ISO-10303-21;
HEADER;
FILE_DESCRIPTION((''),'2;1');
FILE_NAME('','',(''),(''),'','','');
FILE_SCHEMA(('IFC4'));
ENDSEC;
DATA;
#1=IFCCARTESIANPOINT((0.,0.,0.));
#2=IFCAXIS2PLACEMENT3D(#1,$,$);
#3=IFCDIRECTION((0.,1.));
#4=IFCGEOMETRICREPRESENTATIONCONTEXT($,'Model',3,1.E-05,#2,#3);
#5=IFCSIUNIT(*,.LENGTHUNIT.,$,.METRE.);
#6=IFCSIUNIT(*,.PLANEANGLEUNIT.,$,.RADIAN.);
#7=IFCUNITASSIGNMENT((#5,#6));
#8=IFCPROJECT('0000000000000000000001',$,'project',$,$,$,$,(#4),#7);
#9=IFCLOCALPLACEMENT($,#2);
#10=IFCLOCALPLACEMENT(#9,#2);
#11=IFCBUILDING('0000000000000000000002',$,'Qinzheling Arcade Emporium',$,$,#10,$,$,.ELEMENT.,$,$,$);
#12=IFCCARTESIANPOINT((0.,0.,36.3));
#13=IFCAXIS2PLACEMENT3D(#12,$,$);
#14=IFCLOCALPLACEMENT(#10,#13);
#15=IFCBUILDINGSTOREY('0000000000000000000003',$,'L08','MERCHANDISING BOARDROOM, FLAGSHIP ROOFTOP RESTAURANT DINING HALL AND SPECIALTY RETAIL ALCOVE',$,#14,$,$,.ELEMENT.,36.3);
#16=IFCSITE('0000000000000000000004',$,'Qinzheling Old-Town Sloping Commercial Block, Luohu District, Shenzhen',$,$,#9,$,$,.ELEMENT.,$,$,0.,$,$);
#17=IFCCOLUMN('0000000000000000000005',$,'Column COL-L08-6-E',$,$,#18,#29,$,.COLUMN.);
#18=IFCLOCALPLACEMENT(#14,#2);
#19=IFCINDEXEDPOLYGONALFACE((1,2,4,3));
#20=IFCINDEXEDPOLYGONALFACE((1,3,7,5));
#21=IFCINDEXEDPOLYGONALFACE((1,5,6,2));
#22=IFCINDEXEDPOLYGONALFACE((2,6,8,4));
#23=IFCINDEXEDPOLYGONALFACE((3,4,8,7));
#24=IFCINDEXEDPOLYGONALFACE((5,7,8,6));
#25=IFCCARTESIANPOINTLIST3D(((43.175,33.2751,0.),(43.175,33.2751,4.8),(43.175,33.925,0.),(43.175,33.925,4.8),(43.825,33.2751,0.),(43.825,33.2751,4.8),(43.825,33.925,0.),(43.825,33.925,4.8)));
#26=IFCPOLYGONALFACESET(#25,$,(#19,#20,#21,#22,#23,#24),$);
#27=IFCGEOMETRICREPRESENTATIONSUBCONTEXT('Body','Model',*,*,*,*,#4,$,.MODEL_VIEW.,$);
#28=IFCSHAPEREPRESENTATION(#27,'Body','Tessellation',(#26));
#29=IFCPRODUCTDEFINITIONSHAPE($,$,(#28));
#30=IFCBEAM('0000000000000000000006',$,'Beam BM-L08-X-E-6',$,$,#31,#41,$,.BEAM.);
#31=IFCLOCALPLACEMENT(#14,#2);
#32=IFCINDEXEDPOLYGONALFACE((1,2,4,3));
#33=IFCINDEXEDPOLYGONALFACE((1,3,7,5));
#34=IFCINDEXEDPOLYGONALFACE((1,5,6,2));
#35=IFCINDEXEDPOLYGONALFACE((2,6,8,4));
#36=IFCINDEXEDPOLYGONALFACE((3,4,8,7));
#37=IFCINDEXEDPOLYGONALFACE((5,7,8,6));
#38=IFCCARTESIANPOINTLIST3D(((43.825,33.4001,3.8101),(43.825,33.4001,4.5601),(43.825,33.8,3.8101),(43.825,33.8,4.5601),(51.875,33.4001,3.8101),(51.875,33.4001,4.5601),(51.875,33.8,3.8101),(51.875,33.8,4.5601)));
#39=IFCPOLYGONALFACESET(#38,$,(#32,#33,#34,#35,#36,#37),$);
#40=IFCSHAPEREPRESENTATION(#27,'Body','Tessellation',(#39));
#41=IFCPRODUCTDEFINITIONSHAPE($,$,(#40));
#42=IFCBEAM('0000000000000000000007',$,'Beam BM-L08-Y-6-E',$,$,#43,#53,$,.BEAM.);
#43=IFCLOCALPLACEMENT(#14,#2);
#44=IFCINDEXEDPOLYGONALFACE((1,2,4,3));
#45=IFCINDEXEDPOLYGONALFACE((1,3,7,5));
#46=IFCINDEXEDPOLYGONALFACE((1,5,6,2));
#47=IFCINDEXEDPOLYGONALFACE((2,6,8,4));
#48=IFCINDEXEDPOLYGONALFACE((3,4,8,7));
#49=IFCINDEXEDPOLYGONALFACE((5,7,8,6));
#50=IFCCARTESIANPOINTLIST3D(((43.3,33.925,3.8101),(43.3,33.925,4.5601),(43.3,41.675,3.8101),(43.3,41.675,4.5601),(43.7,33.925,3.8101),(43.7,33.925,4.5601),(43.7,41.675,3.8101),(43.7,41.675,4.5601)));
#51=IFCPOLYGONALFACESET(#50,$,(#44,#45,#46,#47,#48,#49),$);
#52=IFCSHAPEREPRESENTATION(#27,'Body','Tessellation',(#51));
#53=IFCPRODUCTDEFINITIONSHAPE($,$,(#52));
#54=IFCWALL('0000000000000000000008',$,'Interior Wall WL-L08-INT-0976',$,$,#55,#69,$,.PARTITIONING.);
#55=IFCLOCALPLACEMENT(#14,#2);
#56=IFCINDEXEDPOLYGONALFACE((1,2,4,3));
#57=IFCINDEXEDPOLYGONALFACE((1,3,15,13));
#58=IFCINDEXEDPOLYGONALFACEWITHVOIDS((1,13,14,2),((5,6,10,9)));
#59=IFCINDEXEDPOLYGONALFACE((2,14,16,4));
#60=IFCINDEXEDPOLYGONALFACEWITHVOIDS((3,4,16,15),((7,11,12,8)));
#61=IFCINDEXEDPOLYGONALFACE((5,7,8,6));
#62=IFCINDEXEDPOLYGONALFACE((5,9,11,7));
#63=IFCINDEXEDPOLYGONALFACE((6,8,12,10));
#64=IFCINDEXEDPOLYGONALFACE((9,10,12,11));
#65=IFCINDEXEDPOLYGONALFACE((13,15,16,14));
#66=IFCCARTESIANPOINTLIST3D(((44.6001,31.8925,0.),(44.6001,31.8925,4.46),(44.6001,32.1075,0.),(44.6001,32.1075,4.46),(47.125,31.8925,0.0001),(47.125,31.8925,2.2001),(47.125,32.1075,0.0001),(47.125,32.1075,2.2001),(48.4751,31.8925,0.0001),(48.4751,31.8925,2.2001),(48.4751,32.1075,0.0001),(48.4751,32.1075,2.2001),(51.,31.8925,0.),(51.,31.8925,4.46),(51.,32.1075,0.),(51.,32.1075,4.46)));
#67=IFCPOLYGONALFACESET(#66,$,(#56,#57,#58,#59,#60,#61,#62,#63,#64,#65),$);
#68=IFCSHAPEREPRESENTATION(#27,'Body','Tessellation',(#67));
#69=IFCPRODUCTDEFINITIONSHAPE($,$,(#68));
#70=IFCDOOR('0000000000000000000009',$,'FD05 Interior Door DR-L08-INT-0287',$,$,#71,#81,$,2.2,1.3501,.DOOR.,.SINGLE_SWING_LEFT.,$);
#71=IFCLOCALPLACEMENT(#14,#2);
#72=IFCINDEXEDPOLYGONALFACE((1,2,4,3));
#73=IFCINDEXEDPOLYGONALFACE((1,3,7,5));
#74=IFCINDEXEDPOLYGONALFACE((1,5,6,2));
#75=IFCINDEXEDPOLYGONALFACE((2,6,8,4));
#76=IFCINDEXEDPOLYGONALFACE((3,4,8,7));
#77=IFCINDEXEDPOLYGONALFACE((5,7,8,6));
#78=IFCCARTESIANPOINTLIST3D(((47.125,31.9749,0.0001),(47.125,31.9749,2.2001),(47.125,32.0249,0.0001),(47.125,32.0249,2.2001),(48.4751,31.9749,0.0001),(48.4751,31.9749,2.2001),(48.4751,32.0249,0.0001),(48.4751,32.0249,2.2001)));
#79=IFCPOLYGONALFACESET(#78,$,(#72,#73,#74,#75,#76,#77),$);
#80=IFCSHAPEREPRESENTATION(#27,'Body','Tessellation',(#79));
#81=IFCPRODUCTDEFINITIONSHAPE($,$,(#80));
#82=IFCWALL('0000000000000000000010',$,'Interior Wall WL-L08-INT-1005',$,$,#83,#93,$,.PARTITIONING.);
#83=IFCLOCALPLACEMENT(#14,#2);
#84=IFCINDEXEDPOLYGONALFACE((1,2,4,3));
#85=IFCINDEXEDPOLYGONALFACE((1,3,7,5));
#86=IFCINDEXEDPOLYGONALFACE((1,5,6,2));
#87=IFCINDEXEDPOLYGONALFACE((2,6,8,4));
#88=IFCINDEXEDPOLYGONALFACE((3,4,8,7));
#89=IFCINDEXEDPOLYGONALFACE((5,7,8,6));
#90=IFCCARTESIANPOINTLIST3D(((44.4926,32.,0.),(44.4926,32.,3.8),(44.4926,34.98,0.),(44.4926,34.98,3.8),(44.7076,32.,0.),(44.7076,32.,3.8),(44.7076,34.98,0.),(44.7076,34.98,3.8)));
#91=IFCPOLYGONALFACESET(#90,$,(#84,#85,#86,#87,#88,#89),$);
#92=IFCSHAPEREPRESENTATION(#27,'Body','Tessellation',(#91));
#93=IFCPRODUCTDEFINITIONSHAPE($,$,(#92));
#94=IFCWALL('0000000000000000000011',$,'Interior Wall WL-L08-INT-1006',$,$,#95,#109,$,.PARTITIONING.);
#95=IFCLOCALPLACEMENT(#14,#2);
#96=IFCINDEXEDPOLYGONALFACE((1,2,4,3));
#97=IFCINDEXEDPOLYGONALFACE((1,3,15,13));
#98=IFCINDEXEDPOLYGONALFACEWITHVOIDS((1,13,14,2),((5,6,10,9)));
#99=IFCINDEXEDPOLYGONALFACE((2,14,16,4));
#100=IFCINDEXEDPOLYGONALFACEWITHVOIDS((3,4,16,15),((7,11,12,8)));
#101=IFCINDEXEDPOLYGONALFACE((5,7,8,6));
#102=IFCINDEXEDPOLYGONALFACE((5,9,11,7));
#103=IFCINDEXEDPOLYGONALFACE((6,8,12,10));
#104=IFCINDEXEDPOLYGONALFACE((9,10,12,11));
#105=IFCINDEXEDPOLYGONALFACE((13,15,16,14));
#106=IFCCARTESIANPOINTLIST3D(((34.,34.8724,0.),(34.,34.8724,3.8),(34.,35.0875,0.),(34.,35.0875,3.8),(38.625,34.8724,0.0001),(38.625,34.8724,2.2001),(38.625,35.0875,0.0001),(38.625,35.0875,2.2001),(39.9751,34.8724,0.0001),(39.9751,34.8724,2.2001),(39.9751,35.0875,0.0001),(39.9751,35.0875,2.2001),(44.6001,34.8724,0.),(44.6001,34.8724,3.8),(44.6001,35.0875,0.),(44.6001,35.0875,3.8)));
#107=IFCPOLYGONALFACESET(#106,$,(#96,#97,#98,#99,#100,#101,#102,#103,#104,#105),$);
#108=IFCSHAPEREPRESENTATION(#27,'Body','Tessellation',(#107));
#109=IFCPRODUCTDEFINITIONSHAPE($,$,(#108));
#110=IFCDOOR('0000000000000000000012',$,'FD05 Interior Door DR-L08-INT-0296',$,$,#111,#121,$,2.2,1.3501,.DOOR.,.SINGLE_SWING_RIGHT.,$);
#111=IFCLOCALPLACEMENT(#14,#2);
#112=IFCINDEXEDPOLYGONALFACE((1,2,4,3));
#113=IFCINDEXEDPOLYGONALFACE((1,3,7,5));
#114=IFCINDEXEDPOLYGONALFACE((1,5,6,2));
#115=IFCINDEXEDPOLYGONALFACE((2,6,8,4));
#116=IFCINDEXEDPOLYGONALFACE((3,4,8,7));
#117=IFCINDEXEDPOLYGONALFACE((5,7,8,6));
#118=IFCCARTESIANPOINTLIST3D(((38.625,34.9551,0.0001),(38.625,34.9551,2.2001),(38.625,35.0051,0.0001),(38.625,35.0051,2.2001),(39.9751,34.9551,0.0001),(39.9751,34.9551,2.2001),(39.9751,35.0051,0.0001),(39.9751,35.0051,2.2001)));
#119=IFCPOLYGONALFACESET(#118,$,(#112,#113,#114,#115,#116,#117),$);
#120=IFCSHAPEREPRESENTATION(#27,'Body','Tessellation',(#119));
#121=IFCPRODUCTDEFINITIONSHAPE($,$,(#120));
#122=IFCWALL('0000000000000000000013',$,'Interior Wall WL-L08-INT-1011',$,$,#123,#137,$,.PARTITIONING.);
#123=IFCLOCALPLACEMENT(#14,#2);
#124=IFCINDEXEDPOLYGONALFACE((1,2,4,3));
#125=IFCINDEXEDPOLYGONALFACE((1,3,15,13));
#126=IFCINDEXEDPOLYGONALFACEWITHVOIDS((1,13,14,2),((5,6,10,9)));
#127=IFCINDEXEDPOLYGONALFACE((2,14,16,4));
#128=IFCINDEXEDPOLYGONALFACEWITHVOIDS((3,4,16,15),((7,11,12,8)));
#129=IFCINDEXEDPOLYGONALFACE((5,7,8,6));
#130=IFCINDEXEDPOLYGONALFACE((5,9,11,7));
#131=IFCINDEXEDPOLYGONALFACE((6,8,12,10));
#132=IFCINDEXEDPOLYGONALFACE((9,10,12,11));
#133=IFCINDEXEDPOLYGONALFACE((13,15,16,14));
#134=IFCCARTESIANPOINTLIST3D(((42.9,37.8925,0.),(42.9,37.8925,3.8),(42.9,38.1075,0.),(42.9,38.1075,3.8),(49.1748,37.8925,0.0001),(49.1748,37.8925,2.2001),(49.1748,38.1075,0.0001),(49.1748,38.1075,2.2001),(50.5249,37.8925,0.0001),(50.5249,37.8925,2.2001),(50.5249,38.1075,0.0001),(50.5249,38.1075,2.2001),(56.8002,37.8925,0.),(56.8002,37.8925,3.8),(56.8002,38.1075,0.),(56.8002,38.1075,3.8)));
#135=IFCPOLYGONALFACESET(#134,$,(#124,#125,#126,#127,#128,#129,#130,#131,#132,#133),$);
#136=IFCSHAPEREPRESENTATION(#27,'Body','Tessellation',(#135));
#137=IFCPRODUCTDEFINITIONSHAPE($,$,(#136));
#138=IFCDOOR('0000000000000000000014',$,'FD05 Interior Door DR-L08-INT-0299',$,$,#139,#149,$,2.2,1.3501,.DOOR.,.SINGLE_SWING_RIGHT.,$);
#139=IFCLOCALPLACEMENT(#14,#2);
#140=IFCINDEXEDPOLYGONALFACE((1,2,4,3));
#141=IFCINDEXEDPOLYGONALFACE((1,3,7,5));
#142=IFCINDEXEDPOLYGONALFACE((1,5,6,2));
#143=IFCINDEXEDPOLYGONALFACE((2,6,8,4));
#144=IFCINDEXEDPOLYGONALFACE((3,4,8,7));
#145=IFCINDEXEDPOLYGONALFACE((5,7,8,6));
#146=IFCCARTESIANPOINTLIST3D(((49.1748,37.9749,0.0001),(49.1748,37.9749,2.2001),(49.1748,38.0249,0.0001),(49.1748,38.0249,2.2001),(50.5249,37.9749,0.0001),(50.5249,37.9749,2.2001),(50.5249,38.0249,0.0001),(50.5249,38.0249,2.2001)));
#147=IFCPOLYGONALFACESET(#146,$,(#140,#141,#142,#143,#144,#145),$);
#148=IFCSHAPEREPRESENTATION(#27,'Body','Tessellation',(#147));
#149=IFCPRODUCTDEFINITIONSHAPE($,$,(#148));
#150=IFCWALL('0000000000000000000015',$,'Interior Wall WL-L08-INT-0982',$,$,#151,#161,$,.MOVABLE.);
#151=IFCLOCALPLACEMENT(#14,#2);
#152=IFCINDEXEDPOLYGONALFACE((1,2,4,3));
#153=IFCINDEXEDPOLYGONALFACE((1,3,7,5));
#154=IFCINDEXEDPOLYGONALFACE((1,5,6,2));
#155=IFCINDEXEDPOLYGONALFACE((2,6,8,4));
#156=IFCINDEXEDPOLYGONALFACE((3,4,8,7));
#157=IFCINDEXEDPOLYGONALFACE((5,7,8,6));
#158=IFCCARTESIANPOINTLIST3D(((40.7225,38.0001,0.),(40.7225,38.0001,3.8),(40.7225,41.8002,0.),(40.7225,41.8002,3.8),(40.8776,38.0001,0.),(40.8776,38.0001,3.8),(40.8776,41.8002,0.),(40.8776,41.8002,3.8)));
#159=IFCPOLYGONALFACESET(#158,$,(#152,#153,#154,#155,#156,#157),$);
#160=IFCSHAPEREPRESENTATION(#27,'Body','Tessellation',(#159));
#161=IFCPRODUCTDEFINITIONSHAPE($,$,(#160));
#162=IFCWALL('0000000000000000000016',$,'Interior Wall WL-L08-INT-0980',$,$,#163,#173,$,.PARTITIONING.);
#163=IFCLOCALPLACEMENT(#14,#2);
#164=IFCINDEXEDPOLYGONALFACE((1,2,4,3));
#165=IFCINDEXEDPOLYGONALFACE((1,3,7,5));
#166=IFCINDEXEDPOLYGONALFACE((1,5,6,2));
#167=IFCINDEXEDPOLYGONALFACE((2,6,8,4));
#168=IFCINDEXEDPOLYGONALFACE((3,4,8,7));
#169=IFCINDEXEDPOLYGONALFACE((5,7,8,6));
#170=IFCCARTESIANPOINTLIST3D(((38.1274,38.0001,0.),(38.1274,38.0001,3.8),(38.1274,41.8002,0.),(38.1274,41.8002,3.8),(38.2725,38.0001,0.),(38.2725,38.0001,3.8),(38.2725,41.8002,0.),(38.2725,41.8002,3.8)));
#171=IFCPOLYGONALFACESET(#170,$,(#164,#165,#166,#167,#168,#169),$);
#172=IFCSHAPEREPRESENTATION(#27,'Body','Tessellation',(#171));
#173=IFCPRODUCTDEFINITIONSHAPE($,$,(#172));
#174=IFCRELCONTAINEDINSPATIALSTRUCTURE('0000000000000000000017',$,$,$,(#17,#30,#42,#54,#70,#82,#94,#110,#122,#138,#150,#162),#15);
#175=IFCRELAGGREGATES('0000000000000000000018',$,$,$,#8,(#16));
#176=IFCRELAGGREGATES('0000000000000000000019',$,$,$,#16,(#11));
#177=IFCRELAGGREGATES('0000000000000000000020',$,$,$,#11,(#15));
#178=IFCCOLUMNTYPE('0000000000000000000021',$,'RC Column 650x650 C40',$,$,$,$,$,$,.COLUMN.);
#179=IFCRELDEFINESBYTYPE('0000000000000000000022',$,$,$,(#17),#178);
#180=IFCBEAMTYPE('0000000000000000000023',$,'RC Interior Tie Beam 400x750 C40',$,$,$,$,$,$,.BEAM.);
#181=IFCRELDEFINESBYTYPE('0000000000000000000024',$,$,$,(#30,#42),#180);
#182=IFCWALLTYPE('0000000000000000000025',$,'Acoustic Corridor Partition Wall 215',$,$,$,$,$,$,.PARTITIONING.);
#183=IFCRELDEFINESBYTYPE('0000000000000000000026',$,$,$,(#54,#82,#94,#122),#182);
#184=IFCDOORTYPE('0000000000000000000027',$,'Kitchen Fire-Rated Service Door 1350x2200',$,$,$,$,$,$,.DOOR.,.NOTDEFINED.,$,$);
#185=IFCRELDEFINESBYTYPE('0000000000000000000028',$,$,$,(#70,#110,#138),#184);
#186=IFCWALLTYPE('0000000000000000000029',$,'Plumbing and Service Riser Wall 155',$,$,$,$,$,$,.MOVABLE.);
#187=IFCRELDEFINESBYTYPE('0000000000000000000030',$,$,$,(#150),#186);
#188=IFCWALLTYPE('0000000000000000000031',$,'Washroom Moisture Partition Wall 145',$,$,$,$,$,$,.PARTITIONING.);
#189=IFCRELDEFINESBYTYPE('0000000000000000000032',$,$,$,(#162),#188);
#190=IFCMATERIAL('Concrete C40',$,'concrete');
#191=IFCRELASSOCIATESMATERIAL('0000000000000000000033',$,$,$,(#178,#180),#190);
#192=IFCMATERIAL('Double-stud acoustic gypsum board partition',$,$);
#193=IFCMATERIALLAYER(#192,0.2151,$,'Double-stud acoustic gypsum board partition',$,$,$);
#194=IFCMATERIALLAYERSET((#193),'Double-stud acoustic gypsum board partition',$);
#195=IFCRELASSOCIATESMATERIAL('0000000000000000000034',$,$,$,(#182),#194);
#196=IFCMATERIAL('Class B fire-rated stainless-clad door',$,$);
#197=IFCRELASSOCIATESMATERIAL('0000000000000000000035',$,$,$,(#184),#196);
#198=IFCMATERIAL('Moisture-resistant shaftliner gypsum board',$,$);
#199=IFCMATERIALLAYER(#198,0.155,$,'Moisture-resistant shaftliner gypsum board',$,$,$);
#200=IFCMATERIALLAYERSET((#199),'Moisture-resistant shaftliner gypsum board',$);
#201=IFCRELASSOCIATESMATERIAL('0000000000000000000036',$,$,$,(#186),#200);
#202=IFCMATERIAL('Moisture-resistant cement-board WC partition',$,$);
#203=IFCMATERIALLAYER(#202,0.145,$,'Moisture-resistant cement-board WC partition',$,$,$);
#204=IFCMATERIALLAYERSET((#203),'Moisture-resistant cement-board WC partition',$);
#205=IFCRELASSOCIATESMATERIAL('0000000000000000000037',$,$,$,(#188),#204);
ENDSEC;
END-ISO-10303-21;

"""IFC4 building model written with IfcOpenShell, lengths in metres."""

from ifc_helpers import new_model, si_unit, direction, frame, frame_2d, origin, origin_2d, place, context, subcontext, project, spatial, rectangle, extrude, material, layer, layer_set, material_profile, profile_set, type_object, element, fill, save


model = new_model("IFC4")

# Units and contexts
model_context = context("Model", 3, precision=1e-05, world=origin(), true_north=direction((0.0, 1.0)))
body_context = subcontext(model_context, "Body", "Model", "MODEL_VIEW")
ifc_project = project(units=[si_unit("LENGTHUNIT", "METRE"), si_unit("PLANEANGLEUNIT", "RADIAN")], contexts=[model_context])

# Site, building, storey
site_placement = place(None, origin())
site = spatial("IfcSite", under=ifc_project, at=site_placement, Name="Qinzheling Old-Town Sloping Commercial Block, Luohu District, Shenzhen", CompositionType="ELEMENT", RefElevation=0.0)
building_placement = place(site_placement, origin())
building = spatial("IfcBuilding", under=site, at=building_placement, Name="Qinzheling Arcade Emporium", CompositionType="ELEMENT")
storey_placement = place(building_placement, frame((0.0, 0.0, 36.3)))
storey = spatial("IfcBuildingStorey", under=building, at=storey_placement, Name="L08", Description="MERCHANDISING BOARDROOM, FLAGSHIP ROOFTOP RESTAURANT DINING HALL AND SPECIALTY RETAIL ALCOVE", CompositionType="ELEMENT", Elevation=36.3)

# Column
ifc_material_1 = material(Name="Concrete C40", Category="concrete")
ifc_material_profile_1 = material_profile(ifc_material_1, rectangle(XDim=0.6499, YDim=0.6499, at=origin_2d()), Name="RC 650x650", Category="concrete")
ifc_profile_set_1 = profile_set([ifc_material_profile_1], Name="Concrete C40")
column_type = type_object("IfcColumnType", Name="RC Column 650x650 C40", PredefinedType="COLUMN", material=ifc_profile_set_1)
column_placement = place(storey_placement, frame((43.5, 33.6001, 0.0), z_axis=(0.0, 0.0, 1.0), x_axis=(1.0, 0.0, 0.0)))
element("IfcColumn", 1, at=column_placement, inside=storey, type_object=column_type, Name="Column COL-L08-6-E", PredefinedType="COLUMN", context=body_context, shape_type="SweptSolid", body=[
    extrude(rectangle(XDim=0.6499, YDim=0.6499, at=origin_2d()), origin(), (0.0, 0.0, 1.0), 4.8),
])

# Beams
ifc_material_profile_2 = material_profile(ifc_material_1, rectangle(XDim=0.3999, YDim=0.75, at=origin_2d()), Name="RC 400x750", Category="concrete")
ifc_profile_set_2 = profile_set([ifc_material_profile_2], Name="Concrete C40")
beam_type = type_object("IfcBeamType", Name="RC Interior Tie Beam 400x750 C40", PredefinedType="BEAM", material=ifc_profile_set_2)
beam_1_placement = place(storey_placement, frame((43.825, 33.6001, 4.1851), z_axis=(1.0, 0.0, 0.0), x_axis=(0.0, 1.0, 0.0)))
element("IfcBeam", 2, at=beam_1_placement, inside=storey, type_object=beam_type, Name="Beam BM-L08-X-E-6", PredefinedType="BEAM", context=body_context, shape_type="SweptSolid", body=[
    extrude(rectangle(XDim=0.3999, YDim=0.75, at=origin_2d()), origin(), (0.0, 0.0, 1.0), 8.05),
])
beam_2_placement = place(storey_placement, frame((43.5, 33.925, 4.1851), z_axis=(0.0, 1.0, 0.0), x_axis=(-1.0, 0.0, 0.0)))
element("IfcBeam", 3, at=beam_2_placement, inside=storey, type_object=beam_type, Name="Beam BM-L08-Y-6-E", PredefinedType="BEAM", context=body_context, shape_type="SweptSolid", body=[
    extrude(rectangle(XDim=0.3999, YDim=0.75, at=origin_2d()), origin(), (0.0, 0.0, 1.0), 7.75),
])

# Wall, opening, door
ifc_material_2 = material(Name="Double-stud acoustic gypsum board partition")
ifc_layer_1 = layer(ifc_material_2, 0.2151, Name="Double-stud acoustic gypsum board partition")
ifc_layer_set_1 = layer_set([ifc_layer_1], Name="Double-stud acoustic gypsum board partition")
wall_type_1 = type_object("IfcWallType", Name="Acoustic Corridor Partition Wall 215", PredefinedType="PARTITIONING", material=ifc_layer_set_1)
wall_1_placement = place(storey_placement, frame((44.6001, 32.0, 0.0), z_axis=(0.0, 0.0, 1.0), x_axis=(1.0, 0.0, 0.0)))
wall_1 = element("IfcWall", 4, at=wall_1_placement, inside=storey, type_object=wall_type_1, Name="Interior Wall WL-L08-INT-0976", PredefinedType="PARTITIONING", context=body_context, shape_type="SweptSolid", body=[
    extrude(rectangle(XDim=6.3999, YDim=0.2151, at=frame_2d((3.2, 0.0))), origin(), (0.0, 0.0, 1.0), 4.46),
])
opening_1_placement = place(wall_1_placement, frame((2.5249, 0.0, 0.0)))
opening_1 = element("IfcOpeningElement", 5, at=opening_1_placement, cuts=wall_1, PredefinedType="OPENING", context=body_context, shape_type="SweptSolid", body=[
    extrude(rectangle(XDim=1.3501, YDim=2.2, at=frame_2d((0.675, 1.1001))), frame((0.0, 0.1177, 0.0), z_axis=(0.0, -1.0, 0.0), x_axis=(1.0, 0.0, 0.0)), (0.0, 0.0, 1.0), 0.2351),
])
ifc_material_3 = material(Name="Class B fire-rated stainless-clad door")
door_type_1 = type_object("IfcDoorType", Name="Kitchen Fire-Rated Service Door 1350x2200", OperationType="NOTDEFINED", PredefinedType="DOOR", material=ifc_material_3)
door_1_placement = place(opening_1_placement, origin())
door_1 = element("IfcDoor", 6, at=door_1_placement, inside=storey, type_object=door_type_1, Name="FD05 Interior Door DR-L08-INT-0287", OperationType="SINGLE_SWING_LEFT", OverallHeight=2.2, OverallWidth=1.3501, PredefinedType="DOOR", context=body_context, shape_type="SweptSolid", body=[
    extrude(rectangle(XDim=1.3501, YDim=2.2, at=frame_2d((0.675, 1.1001))), frame((0.0, 0.0249, 0.0), z_axis=(0.0, -1.0, 0.0), x_axis=(1.0, 0.0, 0.0)), (0.0, 0.0, 1.0), 0.05),
])
fill(opening_1, door_1)

# Wall
wall_2_placement = place(storey_placement, frame((44.6001, 32.0, 0.0), z_axis=(0.0, 0.0, 1.0), x_axis=(0.0, 1.0, 0.0)))
element("IfcWall", 7, at=wall_2_placement, inside=storey, type_object=wall_type_1, Name="Interior Wall WL-L08-INT-1005", PredefinedType="PARTITIONING", context=body_context, shape_type="SweptSolid", body=[
    extrude(rectangle(XDim=2.98, YDim=0.2151, at=frame_2d((1.49, 0.0))), origin(), (0.0, 0.0, 1.0), 3.8),
])

# Walls, openings, doors
wall_3_placement = place(storey_placement, frame((44.6001, 34.98, 0.0), z_axis=(0.0, 0.0, 1.0), x_axis=(-1.0, 0.0, 0.0)))
wall_3 = element("IfcWall", 8, at=wall_3_placement, inside=storey, type_object=wall_type_1, Name="Interior Wall WL-L08-INT-1006", PredefinedType="PARTITIONING", context=body_context, shape_type="SweptSolid", body=[
    extrude(rectangle(XDim=10.6001, YDim=0.2151, at=frame_2d((5.3, 0.0))), origin(), (0.0, 0.0, 1.0), 3.8),
])
opening_2_placement = place(wall_3_placement, frame((4.625, 0.0, 0.0)))
opening_2 = element("IfcOpeningElement", 9, at=opening_2_placement, cuts=wall_3, PredefinedType="OPENING", context=body_context, shape_type="SweptSolid", body=[
    extrude(rectangle(XDim=1.3501, YDim=2.2, at=frame_2d((0.675, 1.1001))), frame((0.0, 0.1177, 0.0), z_axis=(0.0, -1.0, 0.0), x_axis=(1.0, 0.0, 0.0)), (0.0, 0.0, 1.0), 0.2351),
])
door_2_placement = place(opening_2_placement, origin())
door_2 = element("IfcDoor", 10, at=door_2_placement, inside=storey, type_object=door_type_1, Name="FD05 Interior Door DR-L08-INT-0296", OperationType="SINGLE_SWING_RIGHT", OverallHeight=2.2, OverallWidth=1.3501, PredefinedType="DOOR", context=body_context, shape_type="SweptSolid", body=[
    extrude(rectangle(XDim=1.3501, YDim=2.2, at=frame_2d((0.675, 1.1001))), frame((0.0, 0.0249, 0.0), z_axis=(0.0, -1.0, 0.0), x_axis=(1.0, 0.0, 0.0)), (0.0, 0.0, 1.0), 0.05),
])
fill(opening_2, door_2)
wall_4_placement = place(storey_placement, frame((42.8999, 38.0, 0.0), z_axis=(0.0, 0.0, 1.0), x_axis=(1.0, 0.0, 0.0)))
wall_4 = element("IfcWall", 11, at=wall_4_placement, inside=storey, type_object=wall_type_1, Name="Interior Wall WL-L08-INT-1011", PredefinedType="PARTITIONING", context=body_context, shape_type="SweptSolid", body=[
    extrude(rectangle(XDim=13.9001, YDim=0.2151, at=frame_2d((6.9502, 0.0))), origin(), (0.0, 0.0, 1.0), 3.8),
])
opening_3_placement = place(wall_4_placement, frame((6.2749, 0.0, 0.0)))
opening_3 = element("IfcOpeningElement", 12, at=opening_3_placement, cuts=wall_4, PredefinedType="OPENING", context=body_context, shape_type="SweptSolid", body=[
    extrude(rectangle(XDim=1.3501, YDim=2.2, at=frame_2d((0.675, 1.1001))), frame((0.0, 0.1177, 0.0), z_axis=(0.0, -1.0, 0.0), x_axis=(1.0, 0.0, 0.0)), (0.0, 0.0, 1.0), 0.2351),
])
door_3_placement = place(opening_3_placement, origin())
door_3 = element("IfcDoor", 13, at=door_3_placement, inside=storey, type_object=door_type_1, Name="FD05 Interior Door DR-L08-INT-0299", OperationType="SINGLE_SWING_RIGHT", OverallHeight=2.2, OverallWidth=1.3501, PredefinedType="DOOR", context=body_context, shape_type="SweptSolid", body=[
    extrude(rectangle(XDim=1.3501, YDim=2.2, at=frame_2d((0.675, 1.1001))), frame((0.0, 0.0249, 0.0), z_axis=(0.0, -1.0, 0.0), x_axis=(1.0, 0.0, 0.0)), (0.0, 0.0, 1.0), 0.05),
])
fill(opening_3, door_3)

# Walls
ifc_material_4 = material(Name="Moisture-resistant shaftliner gypsum board")
ifc_layer_2 = layer(ifc_material_4, 0.155, Name="Moisture-resistant shaftliner gypsum board")
ifc_layer_set_2 = layer_set([ifc_layer_2], Name="Moisture-resistant shaftliner gypsum board")
wall_type_2 = type_object("IfcWallType", Name="Plumbing and Service Riser Wall 155", PredefinedType="MOVABLE", material=ifc_layer_set_2)
wall_5_placement = place(storey_placement, frame((40.8, 41.8, 0.0), z_axis=(0.0, 0.0, 1.0), x_axis=(0.0, -1.0, 0.0)))
element("IfcWall", 14, at=wall_5_placement, inside=storey, type_object=wall_type_2, Name="Interior Wall WL-L08-INT-0982", PredefinedType="MOVABLE", context=body_context, shape_type="SweptSolid", body=[
    extrude(rectangle(XDim=3.8, YDim=0.155, at=frame_2d((1.8999, 0.0))), origin(), (0.0, 0.0, 1.0), 3.8),
])
ifc_material_5 = material(Name="Moisture-resistant cement-board WC partition")
ifc_layer_3 = layer(ifc_material_5, 0.145, Name="Moisture-resistant cement-board WC partition")
ifc_layer_set_3 = layer_set([ifc_layer_3], Name="Moisture-resistant cement-board WC partition")
wall_type_3 = type_object("IfcWallType", Name="Washroom Moisture Partition Wall 145", PredefinedType="PARTITIONING", material=ifc_layer_set_3)
wall_6_placement = place(storey_placement, frame((38.2, 41.8, 0.0), z_axis=(0.0, 0.0, 1.0), x_axis=(0.0, -1.0, 0.0)))
element("IfcWall", 15, at=wall_6_placement, inside=storey, type_object=wall_type_3, Name="Interior Wall WL-L08-INT-0980", PredefinedType="PARTITIONING", context=body_context, shape_type="SweptSolid", body=[
    extrude(rectangle(XDim=3.8, YDim=0.145, at=frame_2d((1.8999, 0.0))), origin(), (0.0, 0.0, 1.0), 3.8),
])

save(model, "model.ifc")
